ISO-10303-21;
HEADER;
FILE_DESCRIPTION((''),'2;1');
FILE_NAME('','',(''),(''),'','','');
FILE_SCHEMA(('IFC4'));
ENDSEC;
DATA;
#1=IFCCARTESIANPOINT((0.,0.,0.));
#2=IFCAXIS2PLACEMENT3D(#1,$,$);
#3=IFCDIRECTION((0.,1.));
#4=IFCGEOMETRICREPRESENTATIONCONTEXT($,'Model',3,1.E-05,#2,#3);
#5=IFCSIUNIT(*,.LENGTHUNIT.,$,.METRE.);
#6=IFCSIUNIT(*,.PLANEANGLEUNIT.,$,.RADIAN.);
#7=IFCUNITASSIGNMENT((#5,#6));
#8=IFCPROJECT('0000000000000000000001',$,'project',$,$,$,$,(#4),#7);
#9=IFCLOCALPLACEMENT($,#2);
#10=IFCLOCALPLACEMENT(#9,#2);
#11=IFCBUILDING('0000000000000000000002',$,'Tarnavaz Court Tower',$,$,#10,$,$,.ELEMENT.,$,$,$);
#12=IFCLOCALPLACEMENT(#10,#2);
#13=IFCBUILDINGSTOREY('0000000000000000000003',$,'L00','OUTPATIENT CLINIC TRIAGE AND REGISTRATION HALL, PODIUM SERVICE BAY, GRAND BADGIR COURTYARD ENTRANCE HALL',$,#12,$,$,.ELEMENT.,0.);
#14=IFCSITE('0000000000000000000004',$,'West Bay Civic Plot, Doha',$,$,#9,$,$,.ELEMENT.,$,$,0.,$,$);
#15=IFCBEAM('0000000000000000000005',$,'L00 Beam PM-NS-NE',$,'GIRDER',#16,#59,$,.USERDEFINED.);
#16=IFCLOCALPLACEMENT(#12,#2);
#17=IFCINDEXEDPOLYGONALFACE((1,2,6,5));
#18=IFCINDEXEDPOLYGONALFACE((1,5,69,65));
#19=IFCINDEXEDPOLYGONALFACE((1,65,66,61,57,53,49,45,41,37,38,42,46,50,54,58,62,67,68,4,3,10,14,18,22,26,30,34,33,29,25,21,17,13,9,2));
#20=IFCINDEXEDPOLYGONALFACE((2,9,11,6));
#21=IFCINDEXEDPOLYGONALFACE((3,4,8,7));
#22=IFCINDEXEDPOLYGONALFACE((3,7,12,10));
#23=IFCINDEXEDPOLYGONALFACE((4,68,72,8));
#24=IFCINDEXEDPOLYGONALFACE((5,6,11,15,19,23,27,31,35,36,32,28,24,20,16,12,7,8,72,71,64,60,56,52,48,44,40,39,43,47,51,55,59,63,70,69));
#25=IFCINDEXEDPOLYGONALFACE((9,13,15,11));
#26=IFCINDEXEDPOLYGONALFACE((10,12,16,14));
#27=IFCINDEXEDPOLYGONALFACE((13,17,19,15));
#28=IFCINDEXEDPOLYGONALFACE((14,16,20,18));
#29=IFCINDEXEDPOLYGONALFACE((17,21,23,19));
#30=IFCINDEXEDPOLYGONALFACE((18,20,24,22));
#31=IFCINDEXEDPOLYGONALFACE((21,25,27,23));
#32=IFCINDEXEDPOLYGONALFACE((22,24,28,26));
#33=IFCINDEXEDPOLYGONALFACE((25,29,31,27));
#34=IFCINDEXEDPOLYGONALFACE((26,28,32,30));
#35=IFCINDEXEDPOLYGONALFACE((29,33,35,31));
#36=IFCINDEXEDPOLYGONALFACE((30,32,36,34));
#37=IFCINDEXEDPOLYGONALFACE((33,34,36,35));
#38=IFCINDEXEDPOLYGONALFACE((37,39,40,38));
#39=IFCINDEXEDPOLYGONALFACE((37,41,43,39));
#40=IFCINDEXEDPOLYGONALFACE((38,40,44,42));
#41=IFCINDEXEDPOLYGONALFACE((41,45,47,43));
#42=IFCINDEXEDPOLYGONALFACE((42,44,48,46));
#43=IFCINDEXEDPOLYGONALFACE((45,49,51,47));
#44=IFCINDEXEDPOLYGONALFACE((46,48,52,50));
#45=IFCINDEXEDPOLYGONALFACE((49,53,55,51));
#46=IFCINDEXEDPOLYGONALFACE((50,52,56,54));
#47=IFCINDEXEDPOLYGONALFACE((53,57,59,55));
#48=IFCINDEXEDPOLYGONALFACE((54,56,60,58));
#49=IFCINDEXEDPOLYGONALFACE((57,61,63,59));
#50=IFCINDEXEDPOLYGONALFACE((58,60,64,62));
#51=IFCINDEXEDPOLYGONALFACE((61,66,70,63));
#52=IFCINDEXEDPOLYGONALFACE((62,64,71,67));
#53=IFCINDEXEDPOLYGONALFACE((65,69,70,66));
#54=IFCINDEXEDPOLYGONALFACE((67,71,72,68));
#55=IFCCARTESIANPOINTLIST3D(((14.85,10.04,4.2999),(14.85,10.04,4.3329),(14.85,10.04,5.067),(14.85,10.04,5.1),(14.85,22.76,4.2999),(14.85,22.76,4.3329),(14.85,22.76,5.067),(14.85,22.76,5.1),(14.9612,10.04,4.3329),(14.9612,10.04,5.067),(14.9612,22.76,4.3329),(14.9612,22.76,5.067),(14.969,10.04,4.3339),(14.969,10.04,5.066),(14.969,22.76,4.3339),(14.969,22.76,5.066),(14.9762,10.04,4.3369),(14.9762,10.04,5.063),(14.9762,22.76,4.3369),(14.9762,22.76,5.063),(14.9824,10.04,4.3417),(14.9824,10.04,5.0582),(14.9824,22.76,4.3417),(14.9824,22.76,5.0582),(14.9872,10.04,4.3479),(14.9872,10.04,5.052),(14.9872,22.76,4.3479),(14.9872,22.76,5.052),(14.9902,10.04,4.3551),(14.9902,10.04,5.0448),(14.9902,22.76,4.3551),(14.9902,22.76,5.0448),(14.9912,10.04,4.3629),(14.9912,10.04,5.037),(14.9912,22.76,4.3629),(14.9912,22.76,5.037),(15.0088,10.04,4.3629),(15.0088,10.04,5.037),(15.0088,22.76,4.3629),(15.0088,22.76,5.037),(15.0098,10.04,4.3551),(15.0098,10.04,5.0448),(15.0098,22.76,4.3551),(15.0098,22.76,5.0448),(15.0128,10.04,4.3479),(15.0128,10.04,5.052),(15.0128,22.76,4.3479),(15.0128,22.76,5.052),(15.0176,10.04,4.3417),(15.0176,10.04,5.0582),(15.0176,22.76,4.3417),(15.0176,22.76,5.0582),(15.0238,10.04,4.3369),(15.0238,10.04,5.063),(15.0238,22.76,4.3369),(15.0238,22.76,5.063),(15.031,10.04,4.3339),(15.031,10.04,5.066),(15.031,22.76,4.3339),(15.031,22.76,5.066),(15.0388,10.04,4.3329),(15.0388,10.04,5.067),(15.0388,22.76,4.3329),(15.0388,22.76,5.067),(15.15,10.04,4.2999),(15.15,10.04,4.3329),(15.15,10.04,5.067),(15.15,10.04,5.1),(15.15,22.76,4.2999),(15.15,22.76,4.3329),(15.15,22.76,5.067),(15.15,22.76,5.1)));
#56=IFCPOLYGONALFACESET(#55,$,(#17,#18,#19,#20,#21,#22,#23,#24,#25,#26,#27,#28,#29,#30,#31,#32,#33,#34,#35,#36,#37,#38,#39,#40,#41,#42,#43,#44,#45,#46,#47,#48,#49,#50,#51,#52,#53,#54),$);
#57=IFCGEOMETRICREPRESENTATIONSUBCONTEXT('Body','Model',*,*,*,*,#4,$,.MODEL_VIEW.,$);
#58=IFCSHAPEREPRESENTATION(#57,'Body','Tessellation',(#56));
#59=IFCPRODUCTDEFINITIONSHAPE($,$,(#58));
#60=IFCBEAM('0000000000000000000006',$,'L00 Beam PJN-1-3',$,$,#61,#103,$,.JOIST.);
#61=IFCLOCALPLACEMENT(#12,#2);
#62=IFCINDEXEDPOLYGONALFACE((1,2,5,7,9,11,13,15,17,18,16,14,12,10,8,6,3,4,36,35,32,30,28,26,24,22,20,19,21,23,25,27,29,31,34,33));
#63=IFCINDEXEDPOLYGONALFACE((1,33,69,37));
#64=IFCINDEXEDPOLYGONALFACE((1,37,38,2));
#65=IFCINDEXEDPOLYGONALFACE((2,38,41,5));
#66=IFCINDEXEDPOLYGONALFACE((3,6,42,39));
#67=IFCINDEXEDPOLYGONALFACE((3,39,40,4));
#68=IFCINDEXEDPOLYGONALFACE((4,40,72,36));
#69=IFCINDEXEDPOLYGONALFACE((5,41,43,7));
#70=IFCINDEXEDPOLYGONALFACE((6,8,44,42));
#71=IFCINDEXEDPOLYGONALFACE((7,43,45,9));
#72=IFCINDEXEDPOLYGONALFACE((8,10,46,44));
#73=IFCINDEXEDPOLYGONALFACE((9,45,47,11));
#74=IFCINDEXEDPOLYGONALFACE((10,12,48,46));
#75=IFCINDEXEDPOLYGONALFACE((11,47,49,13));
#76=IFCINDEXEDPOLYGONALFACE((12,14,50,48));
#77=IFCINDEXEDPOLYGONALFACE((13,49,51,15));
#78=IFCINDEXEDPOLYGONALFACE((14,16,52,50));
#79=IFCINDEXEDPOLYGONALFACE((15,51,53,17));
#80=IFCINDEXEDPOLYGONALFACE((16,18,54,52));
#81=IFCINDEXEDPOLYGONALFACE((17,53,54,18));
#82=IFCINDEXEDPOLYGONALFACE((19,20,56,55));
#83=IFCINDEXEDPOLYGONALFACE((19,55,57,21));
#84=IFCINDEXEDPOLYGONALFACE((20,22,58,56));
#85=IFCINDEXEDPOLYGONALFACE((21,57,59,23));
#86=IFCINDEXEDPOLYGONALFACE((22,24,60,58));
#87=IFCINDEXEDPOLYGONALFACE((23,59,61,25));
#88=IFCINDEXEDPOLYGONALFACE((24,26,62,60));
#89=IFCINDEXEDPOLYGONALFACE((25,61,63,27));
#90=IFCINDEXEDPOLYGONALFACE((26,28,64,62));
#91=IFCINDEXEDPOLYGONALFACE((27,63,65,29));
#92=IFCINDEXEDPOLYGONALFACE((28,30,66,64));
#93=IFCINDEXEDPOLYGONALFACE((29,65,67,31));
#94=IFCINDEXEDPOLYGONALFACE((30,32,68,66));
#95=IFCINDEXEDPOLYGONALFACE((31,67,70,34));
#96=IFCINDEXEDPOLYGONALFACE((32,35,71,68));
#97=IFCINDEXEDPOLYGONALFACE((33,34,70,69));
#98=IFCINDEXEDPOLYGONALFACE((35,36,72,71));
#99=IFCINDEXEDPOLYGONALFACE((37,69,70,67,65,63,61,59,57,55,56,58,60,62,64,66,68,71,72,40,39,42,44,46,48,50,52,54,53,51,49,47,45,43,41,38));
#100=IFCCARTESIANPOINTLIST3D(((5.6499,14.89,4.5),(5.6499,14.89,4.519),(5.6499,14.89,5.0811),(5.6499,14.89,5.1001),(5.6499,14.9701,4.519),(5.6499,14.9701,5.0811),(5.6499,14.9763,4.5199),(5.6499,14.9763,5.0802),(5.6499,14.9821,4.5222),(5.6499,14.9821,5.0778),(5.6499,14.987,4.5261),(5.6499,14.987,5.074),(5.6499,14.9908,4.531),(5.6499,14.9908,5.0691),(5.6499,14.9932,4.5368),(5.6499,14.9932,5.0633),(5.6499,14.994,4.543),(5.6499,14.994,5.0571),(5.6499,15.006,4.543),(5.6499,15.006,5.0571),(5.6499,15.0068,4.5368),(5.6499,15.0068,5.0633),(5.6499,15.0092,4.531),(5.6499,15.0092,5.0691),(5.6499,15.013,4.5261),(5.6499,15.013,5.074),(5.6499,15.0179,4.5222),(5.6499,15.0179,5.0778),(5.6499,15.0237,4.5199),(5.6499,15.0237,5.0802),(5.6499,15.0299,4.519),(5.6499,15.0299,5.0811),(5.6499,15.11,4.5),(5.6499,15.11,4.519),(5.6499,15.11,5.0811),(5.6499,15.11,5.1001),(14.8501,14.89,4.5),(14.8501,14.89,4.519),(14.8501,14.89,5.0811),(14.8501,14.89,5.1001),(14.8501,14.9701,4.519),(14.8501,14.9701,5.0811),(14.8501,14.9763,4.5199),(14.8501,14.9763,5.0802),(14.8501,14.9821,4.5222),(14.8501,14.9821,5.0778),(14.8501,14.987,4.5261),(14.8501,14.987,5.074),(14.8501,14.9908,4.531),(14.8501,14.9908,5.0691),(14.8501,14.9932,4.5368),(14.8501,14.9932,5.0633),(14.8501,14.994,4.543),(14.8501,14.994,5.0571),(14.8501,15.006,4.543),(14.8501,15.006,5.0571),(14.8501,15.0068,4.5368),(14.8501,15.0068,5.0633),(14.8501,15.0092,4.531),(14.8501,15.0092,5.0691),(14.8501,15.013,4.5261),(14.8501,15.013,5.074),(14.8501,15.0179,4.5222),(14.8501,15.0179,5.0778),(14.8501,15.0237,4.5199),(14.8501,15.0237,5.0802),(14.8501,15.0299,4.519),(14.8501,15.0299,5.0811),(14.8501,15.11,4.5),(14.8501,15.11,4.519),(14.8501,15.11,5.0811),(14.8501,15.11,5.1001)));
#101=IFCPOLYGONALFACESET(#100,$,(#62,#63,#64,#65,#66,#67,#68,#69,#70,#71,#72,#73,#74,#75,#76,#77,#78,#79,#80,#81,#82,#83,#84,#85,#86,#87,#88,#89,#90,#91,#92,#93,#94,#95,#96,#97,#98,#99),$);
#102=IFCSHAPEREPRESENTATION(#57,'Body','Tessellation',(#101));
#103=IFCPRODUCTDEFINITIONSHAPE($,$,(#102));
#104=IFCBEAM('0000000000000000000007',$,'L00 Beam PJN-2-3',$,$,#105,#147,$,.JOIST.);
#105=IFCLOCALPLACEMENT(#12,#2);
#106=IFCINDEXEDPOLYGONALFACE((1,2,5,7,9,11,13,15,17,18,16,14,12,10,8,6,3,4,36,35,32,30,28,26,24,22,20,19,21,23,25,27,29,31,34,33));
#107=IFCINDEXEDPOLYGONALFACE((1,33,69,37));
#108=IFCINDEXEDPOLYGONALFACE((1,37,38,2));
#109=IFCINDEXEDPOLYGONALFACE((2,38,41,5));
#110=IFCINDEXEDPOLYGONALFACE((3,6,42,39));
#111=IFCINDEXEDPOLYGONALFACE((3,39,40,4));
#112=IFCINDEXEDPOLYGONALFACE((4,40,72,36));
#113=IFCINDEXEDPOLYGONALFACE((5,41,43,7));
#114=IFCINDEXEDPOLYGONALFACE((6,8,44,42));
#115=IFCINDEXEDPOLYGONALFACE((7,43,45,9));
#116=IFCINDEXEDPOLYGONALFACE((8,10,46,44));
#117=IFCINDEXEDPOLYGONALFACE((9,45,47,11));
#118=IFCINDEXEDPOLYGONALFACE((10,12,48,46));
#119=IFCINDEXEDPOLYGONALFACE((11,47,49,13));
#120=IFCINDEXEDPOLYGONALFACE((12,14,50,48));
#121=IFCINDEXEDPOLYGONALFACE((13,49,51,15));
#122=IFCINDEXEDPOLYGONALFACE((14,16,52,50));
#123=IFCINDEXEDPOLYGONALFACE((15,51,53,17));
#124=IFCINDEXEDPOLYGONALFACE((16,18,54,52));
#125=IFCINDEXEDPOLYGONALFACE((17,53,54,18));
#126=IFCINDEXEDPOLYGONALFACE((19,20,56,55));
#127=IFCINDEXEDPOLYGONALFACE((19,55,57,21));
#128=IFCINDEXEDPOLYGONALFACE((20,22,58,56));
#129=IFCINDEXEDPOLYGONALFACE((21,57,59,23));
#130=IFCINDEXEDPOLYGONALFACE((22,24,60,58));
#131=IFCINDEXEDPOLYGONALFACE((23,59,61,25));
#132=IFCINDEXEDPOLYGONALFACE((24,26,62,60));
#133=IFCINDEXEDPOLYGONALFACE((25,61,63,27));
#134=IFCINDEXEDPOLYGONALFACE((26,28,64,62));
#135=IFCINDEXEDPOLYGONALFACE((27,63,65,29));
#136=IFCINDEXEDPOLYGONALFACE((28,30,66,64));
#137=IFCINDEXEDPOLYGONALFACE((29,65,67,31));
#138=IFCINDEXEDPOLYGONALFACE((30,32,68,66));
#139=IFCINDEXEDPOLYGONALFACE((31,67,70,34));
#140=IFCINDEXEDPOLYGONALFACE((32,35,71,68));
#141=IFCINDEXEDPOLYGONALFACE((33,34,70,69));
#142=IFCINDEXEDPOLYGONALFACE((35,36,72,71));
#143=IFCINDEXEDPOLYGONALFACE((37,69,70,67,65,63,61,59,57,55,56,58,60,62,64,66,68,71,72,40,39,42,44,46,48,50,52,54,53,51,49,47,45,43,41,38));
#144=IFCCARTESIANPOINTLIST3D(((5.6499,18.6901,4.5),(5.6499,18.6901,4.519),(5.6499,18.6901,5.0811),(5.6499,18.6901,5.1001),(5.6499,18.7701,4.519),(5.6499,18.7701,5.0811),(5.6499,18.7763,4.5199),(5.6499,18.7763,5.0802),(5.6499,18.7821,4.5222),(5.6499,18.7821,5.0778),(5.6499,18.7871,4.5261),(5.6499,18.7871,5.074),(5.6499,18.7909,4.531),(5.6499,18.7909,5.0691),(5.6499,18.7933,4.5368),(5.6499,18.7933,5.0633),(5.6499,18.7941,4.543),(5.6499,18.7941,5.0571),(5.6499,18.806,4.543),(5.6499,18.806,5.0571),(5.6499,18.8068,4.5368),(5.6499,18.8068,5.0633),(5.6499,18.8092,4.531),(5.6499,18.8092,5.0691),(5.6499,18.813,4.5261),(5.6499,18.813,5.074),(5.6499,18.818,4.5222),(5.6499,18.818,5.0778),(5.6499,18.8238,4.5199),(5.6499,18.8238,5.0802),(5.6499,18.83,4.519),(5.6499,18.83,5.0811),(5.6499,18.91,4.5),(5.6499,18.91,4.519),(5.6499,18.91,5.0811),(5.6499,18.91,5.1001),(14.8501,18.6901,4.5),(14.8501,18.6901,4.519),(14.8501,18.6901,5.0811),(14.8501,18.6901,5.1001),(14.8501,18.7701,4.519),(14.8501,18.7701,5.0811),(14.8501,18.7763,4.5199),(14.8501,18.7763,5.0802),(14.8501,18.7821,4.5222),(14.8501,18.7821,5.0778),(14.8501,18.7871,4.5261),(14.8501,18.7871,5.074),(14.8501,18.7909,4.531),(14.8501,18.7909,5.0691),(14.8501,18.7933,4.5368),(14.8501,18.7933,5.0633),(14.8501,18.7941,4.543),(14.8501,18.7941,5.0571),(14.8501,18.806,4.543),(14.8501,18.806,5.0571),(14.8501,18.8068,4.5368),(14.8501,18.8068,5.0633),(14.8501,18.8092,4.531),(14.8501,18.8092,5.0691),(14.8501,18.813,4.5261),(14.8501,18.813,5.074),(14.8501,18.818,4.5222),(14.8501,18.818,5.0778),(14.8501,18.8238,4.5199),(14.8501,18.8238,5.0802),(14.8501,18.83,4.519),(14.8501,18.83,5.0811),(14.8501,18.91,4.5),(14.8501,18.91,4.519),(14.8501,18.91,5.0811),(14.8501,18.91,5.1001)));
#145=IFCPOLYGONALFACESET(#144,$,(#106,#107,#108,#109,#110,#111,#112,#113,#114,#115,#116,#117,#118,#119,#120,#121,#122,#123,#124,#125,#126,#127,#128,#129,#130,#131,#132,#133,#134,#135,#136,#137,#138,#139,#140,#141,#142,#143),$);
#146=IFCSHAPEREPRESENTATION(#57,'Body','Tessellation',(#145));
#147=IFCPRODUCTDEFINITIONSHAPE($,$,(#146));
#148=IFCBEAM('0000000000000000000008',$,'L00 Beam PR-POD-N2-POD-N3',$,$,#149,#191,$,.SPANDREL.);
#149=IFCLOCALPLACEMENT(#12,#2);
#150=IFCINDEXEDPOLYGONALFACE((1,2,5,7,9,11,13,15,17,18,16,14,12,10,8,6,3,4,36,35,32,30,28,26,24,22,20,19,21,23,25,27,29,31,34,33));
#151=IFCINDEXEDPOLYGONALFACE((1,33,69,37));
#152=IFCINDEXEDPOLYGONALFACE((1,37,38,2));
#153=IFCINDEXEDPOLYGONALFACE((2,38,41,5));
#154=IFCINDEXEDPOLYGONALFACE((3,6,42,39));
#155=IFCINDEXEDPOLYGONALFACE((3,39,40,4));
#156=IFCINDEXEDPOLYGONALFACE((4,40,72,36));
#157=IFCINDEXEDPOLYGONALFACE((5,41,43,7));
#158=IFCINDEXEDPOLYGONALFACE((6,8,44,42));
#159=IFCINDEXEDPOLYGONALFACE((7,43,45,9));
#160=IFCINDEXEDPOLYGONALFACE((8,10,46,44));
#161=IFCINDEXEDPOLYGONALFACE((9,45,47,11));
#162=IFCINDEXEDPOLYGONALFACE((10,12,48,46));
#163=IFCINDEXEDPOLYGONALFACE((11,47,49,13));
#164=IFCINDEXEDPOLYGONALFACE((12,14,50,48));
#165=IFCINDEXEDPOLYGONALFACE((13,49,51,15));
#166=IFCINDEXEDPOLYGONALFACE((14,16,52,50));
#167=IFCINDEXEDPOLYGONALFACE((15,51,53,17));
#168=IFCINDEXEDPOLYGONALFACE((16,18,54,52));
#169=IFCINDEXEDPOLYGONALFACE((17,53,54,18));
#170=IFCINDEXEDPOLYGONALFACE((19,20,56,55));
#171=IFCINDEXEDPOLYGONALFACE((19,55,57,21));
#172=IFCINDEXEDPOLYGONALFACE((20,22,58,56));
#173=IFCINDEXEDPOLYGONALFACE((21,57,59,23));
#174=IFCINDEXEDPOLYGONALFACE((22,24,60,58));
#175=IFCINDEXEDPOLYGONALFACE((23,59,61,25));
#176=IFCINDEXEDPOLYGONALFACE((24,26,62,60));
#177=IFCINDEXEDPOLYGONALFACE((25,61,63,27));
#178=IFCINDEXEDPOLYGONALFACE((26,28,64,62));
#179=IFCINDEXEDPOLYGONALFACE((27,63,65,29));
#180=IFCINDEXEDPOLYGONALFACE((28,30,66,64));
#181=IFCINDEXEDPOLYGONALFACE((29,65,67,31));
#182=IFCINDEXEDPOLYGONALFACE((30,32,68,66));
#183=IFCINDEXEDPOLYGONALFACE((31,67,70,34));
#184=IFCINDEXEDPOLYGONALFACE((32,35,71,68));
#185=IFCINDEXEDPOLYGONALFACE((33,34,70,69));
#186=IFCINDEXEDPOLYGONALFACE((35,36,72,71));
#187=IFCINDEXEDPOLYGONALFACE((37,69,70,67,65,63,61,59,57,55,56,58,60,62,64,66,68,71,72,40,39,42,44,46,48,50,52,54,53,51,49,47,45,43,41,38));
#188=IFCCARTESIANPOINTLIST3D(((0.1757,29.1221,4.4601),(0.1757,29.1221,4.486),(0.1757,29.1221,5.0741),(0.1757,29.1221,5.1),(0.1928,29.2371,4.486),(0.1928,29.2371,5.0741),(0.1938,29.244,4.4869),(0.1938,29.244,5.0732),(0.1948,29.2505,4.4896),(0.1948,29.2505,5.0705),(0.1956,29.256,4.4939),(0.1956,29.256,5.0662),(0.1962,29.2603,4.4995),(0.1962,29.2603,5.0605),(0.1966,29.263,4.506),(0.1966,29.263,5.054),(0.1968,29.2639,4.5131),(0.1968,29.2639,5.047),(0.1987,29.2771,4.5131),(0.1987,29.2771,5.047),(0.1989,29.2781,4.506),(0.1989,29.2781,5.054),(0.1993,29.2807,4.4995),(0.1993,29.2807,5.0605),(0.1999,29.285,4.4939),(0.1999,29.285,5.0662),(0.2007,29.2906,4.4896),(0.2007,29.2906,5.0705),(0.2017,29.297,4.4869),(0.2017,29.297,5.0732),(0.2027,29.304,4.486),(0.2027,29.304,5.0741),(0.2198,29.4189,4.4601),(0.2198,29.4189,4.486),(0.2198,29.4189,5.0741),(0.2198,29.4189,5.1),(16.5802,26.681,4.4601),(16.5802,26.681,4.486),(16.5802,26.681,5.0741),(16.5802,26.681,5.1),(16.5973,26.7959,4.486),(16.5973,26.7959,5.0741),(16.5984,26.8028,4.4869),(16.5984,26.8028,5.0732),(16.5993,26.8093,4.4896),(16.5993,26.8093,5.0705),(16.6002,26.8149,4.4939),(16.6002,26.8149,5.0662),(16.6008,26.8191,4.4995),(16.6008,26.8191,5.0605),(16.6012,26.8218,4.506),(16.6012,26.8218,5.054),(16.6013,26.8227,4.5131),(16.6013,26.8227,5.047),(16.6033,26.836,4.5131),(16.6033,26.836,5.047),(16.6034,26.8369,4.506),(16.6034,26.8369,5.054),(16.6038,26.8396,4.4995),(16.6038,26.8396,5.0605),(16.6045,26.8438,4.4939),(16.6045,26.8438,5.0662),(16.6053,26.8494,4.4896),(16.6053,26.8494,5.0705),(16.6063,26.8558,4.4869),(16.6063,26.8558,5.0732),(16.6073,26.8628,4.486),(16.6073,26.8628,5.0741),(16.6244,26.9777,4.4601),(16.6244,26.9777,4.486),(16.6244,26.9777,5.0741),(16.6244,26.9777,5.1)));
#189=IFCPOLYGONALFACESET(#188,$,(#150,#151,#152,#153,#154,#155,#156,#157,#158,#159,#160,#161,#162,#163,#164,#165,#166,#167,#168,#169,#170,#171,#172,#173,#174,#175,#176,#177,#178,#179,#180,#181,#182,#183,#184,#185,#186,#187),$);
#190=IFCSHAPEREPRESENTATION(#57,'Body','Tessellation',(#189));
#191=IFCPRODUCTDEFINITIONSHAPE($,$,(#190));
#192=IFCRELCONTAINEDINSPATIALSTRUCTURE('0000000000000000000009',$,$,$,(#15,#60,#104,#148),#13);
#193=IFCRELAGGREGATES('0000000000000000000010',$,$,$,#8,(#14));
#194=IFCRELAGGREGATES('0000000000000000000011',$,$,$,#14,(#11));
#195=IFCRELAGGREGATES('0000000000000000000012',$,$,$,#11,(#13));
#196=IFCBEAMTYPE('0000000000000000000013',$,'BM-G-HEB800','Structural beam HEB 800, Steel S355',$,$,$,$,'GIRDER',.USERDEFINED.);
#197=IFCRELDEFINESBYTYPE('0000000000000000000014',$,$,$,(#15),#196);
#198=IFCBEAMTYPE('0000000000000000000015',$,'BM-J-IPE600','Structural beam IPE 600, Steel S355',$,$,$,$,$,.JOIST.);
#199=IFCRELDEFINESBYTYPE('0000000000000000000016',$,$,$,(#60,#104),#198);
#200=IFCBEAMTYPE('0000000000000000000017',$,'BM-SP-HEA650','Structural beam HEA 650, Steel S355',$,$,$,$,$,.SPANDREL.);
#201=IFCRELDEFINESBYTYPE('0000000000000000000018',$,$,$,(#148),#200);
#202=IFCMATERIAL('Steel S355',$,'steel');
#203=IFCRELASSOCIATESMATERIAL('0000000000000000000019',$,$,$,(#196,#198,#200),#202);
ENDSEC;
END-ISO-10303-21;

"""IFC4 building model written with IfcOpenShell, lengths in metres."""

from ifc_helpers import new_model, si_unit, direction, frame, origin, origin_2d, place, context, subcontext, project, spatial, i_section, extrude, material, material_profile, profile_set, type_object, element, save


model = new_model("IFC4")

# Units and contexts
model_context = context("Model", 3, precision=1e-05, world=origin(), true_north=direction((0.0, 1.0)))
body_context = subcontext(model_context, "Body", "Model", "MODEL_VIEW")
ifc_project = project(units=[si_unit("LENGTHUNIT", "METRE"), si_unit("PLANEANGLEUNIT", "RADIAN")], contexts=[model_context])

# Site, building, storey
site_placement = place(None, origin())
site = spatial("IfcSite", under=ifc_project, at=site_placement, Name="West Bay Civic Plot, Doha", CompositionType="ELEMENT", RefElevation=0.0)
building_placement = place(site_placement, origin())
building = spatial("IfcBuilding", under=site, at=building_placement, Name="Tarnavaz Court Tower", CompositionType="ELEMENT")
storey_placement = place(building_placement, origin())
storey = spatial("IfcBuildingStorey", under=building, at=storey_placement, Name="L00", Description="OUTPATIENT CLINIC TRIAGE AND REGISTRATION HALL, PODIUM SERVICE BAY, GRAND BADGIR COURTYARD ENTRANCE HALL", CompositionType="ELEMENT", Elevation=0.0)

# Beams
ifc_material_1 = material(Name="Steel S355", Category="steel")
ifc_material_profile_1 = material_profile(ifc_material_1, i_section(OverallWidth=0.3, OverallDepth=0.8, WebThickness=0.0176, FlangeThickness=0.033, FilletRadius=0.03, at=origin_2d()), Name="HEB 800")
ifc_profile_set_1 = profile_set([ifc_material_profile_1], Name="Steel S355")
beam_type_1 = type_object("IfcBeamType", Name="BM-G-HEB800", Description="Structural beam HEB 800, Steel S355", ElementType="GIRDER", PredefinedType="USERDEFINED", material=ifc_profile_set_1)
beam_1_placement = place(storey_placement, frame((15.0, 10.04, 4.7), z_axis=(0.0, 1.0, 0.0), x_axis=(-1.0, 0.0, 0.0)))
element("IfcBeam", 1, at=beam_1_placement, inside=storey, type_object=beam_type_1, Name="L00 Beam PM-NS-NE", ObjectType="GIRDER", PredefinedType="USERDEFINED", context=body_context, shape_type="SweptSolid", body=[
    extrude(i_section(OverallWidth=0.3, OverallDepth=0.8, WebThickness=0.0176, FlangeThickness=0.033, FilletRadius=0.03, at=origin_2d()), origin(), (0.0, 0.0, 1.0), 12.72),
])
ifc_material_profile_2 = material_profile(ifc_material_1, i_section(OverallWidth=0.22, OverallDepth=0.6001, WebThickness=0.012, FlangeThickness=0.019, FilletRadius=0.0239, at=origin_2d()), Name="IPE 600")
ifc_profile_set_2 = profile_set([ifc_material_profile_2], Name="Steel S355")
beam_type_2 = type_object("IfcBeamType", Name="BM-J-IPE600", Description="Structural beam IPE 600, Steel S355", PredefinedType="JOIST", material=ifc_profile_set_2)
for number, where, z_axis, x_axis, name in (
    (2, (5.6499, 15.0, 4.8), (1.0, 0.0, 0.0), (0.0, 1.0, 0.0), "L00 Beam PJN-1-3"),
    (3, (5.6499, 18.8, 4.8), (1.0, 0.0, 0.0), (0.0, 1.0, 0.0), "L00 Beam PJN-2-3"),
):
    element("IfcBeam", number, at=place(storey_placement, frame(where, z_axis=z_axis, x_axis=x_axis)), inside=storey, type_object=beam_type_2, Name=name, PredefinedType="JOIST", context=body_context, shape_type="SweptSolid", body=[
        extrude(i_section(OverallWidth=0.22, OverallDepth=0.6001, WebThickness=0.012, FlangeThickness=0.019, FilletRadius=0.0239, at=origin_2d()), origin(), (0.0, 0.0, 1.0), 9.2002),
    ])
ifc_material_profile_3 = material_profile(ifc_material_1, i_section(OverallWidth=0.3, OverallDepth=0.6399, WebThickness=0.0134, FlangeThickness=0.0259, FilletRadius=0.0271, at=origin_2d()), Name="HEA 650")
ifc_profile_set_3 = profile_set([ifc_material_profile_3], Name="Steel S355")
beam_type_3 = type_object("IfcBeamType", Name="BM-SP-HEA650", Description="Structural beam HEA 650, Steel S355", PredefinedType="SPANDREL", material=ifc_profile_set_3)
beam_2_placement = place(storey_placement, frame((0.1978, 29.2705, 4.78), z_axis=(0.989108, -0.147189, 0.0), x_axis=(0.147189, 0.989108, 0.0)))
element("IfcBeam", 4, at=beam_2_placement, inside=storey, type_object=beam_type_3, Name="L00 Beam PR-POD-N2-POD-N3", PredefinedType="SPANDREL", context=body_context, shape_type="SweptSolid", body=[
    extrude(i_section(OverallWidth=0.3, OverallDepth=0.6399, WebThickness=0.0134, FlangeThickness=0.0259, FilletRadius=0.0271, at=origin_2d()), origin(), (0.0, 0.0, 1.0), 16.5852),
])

save(model, "model.ifc")
